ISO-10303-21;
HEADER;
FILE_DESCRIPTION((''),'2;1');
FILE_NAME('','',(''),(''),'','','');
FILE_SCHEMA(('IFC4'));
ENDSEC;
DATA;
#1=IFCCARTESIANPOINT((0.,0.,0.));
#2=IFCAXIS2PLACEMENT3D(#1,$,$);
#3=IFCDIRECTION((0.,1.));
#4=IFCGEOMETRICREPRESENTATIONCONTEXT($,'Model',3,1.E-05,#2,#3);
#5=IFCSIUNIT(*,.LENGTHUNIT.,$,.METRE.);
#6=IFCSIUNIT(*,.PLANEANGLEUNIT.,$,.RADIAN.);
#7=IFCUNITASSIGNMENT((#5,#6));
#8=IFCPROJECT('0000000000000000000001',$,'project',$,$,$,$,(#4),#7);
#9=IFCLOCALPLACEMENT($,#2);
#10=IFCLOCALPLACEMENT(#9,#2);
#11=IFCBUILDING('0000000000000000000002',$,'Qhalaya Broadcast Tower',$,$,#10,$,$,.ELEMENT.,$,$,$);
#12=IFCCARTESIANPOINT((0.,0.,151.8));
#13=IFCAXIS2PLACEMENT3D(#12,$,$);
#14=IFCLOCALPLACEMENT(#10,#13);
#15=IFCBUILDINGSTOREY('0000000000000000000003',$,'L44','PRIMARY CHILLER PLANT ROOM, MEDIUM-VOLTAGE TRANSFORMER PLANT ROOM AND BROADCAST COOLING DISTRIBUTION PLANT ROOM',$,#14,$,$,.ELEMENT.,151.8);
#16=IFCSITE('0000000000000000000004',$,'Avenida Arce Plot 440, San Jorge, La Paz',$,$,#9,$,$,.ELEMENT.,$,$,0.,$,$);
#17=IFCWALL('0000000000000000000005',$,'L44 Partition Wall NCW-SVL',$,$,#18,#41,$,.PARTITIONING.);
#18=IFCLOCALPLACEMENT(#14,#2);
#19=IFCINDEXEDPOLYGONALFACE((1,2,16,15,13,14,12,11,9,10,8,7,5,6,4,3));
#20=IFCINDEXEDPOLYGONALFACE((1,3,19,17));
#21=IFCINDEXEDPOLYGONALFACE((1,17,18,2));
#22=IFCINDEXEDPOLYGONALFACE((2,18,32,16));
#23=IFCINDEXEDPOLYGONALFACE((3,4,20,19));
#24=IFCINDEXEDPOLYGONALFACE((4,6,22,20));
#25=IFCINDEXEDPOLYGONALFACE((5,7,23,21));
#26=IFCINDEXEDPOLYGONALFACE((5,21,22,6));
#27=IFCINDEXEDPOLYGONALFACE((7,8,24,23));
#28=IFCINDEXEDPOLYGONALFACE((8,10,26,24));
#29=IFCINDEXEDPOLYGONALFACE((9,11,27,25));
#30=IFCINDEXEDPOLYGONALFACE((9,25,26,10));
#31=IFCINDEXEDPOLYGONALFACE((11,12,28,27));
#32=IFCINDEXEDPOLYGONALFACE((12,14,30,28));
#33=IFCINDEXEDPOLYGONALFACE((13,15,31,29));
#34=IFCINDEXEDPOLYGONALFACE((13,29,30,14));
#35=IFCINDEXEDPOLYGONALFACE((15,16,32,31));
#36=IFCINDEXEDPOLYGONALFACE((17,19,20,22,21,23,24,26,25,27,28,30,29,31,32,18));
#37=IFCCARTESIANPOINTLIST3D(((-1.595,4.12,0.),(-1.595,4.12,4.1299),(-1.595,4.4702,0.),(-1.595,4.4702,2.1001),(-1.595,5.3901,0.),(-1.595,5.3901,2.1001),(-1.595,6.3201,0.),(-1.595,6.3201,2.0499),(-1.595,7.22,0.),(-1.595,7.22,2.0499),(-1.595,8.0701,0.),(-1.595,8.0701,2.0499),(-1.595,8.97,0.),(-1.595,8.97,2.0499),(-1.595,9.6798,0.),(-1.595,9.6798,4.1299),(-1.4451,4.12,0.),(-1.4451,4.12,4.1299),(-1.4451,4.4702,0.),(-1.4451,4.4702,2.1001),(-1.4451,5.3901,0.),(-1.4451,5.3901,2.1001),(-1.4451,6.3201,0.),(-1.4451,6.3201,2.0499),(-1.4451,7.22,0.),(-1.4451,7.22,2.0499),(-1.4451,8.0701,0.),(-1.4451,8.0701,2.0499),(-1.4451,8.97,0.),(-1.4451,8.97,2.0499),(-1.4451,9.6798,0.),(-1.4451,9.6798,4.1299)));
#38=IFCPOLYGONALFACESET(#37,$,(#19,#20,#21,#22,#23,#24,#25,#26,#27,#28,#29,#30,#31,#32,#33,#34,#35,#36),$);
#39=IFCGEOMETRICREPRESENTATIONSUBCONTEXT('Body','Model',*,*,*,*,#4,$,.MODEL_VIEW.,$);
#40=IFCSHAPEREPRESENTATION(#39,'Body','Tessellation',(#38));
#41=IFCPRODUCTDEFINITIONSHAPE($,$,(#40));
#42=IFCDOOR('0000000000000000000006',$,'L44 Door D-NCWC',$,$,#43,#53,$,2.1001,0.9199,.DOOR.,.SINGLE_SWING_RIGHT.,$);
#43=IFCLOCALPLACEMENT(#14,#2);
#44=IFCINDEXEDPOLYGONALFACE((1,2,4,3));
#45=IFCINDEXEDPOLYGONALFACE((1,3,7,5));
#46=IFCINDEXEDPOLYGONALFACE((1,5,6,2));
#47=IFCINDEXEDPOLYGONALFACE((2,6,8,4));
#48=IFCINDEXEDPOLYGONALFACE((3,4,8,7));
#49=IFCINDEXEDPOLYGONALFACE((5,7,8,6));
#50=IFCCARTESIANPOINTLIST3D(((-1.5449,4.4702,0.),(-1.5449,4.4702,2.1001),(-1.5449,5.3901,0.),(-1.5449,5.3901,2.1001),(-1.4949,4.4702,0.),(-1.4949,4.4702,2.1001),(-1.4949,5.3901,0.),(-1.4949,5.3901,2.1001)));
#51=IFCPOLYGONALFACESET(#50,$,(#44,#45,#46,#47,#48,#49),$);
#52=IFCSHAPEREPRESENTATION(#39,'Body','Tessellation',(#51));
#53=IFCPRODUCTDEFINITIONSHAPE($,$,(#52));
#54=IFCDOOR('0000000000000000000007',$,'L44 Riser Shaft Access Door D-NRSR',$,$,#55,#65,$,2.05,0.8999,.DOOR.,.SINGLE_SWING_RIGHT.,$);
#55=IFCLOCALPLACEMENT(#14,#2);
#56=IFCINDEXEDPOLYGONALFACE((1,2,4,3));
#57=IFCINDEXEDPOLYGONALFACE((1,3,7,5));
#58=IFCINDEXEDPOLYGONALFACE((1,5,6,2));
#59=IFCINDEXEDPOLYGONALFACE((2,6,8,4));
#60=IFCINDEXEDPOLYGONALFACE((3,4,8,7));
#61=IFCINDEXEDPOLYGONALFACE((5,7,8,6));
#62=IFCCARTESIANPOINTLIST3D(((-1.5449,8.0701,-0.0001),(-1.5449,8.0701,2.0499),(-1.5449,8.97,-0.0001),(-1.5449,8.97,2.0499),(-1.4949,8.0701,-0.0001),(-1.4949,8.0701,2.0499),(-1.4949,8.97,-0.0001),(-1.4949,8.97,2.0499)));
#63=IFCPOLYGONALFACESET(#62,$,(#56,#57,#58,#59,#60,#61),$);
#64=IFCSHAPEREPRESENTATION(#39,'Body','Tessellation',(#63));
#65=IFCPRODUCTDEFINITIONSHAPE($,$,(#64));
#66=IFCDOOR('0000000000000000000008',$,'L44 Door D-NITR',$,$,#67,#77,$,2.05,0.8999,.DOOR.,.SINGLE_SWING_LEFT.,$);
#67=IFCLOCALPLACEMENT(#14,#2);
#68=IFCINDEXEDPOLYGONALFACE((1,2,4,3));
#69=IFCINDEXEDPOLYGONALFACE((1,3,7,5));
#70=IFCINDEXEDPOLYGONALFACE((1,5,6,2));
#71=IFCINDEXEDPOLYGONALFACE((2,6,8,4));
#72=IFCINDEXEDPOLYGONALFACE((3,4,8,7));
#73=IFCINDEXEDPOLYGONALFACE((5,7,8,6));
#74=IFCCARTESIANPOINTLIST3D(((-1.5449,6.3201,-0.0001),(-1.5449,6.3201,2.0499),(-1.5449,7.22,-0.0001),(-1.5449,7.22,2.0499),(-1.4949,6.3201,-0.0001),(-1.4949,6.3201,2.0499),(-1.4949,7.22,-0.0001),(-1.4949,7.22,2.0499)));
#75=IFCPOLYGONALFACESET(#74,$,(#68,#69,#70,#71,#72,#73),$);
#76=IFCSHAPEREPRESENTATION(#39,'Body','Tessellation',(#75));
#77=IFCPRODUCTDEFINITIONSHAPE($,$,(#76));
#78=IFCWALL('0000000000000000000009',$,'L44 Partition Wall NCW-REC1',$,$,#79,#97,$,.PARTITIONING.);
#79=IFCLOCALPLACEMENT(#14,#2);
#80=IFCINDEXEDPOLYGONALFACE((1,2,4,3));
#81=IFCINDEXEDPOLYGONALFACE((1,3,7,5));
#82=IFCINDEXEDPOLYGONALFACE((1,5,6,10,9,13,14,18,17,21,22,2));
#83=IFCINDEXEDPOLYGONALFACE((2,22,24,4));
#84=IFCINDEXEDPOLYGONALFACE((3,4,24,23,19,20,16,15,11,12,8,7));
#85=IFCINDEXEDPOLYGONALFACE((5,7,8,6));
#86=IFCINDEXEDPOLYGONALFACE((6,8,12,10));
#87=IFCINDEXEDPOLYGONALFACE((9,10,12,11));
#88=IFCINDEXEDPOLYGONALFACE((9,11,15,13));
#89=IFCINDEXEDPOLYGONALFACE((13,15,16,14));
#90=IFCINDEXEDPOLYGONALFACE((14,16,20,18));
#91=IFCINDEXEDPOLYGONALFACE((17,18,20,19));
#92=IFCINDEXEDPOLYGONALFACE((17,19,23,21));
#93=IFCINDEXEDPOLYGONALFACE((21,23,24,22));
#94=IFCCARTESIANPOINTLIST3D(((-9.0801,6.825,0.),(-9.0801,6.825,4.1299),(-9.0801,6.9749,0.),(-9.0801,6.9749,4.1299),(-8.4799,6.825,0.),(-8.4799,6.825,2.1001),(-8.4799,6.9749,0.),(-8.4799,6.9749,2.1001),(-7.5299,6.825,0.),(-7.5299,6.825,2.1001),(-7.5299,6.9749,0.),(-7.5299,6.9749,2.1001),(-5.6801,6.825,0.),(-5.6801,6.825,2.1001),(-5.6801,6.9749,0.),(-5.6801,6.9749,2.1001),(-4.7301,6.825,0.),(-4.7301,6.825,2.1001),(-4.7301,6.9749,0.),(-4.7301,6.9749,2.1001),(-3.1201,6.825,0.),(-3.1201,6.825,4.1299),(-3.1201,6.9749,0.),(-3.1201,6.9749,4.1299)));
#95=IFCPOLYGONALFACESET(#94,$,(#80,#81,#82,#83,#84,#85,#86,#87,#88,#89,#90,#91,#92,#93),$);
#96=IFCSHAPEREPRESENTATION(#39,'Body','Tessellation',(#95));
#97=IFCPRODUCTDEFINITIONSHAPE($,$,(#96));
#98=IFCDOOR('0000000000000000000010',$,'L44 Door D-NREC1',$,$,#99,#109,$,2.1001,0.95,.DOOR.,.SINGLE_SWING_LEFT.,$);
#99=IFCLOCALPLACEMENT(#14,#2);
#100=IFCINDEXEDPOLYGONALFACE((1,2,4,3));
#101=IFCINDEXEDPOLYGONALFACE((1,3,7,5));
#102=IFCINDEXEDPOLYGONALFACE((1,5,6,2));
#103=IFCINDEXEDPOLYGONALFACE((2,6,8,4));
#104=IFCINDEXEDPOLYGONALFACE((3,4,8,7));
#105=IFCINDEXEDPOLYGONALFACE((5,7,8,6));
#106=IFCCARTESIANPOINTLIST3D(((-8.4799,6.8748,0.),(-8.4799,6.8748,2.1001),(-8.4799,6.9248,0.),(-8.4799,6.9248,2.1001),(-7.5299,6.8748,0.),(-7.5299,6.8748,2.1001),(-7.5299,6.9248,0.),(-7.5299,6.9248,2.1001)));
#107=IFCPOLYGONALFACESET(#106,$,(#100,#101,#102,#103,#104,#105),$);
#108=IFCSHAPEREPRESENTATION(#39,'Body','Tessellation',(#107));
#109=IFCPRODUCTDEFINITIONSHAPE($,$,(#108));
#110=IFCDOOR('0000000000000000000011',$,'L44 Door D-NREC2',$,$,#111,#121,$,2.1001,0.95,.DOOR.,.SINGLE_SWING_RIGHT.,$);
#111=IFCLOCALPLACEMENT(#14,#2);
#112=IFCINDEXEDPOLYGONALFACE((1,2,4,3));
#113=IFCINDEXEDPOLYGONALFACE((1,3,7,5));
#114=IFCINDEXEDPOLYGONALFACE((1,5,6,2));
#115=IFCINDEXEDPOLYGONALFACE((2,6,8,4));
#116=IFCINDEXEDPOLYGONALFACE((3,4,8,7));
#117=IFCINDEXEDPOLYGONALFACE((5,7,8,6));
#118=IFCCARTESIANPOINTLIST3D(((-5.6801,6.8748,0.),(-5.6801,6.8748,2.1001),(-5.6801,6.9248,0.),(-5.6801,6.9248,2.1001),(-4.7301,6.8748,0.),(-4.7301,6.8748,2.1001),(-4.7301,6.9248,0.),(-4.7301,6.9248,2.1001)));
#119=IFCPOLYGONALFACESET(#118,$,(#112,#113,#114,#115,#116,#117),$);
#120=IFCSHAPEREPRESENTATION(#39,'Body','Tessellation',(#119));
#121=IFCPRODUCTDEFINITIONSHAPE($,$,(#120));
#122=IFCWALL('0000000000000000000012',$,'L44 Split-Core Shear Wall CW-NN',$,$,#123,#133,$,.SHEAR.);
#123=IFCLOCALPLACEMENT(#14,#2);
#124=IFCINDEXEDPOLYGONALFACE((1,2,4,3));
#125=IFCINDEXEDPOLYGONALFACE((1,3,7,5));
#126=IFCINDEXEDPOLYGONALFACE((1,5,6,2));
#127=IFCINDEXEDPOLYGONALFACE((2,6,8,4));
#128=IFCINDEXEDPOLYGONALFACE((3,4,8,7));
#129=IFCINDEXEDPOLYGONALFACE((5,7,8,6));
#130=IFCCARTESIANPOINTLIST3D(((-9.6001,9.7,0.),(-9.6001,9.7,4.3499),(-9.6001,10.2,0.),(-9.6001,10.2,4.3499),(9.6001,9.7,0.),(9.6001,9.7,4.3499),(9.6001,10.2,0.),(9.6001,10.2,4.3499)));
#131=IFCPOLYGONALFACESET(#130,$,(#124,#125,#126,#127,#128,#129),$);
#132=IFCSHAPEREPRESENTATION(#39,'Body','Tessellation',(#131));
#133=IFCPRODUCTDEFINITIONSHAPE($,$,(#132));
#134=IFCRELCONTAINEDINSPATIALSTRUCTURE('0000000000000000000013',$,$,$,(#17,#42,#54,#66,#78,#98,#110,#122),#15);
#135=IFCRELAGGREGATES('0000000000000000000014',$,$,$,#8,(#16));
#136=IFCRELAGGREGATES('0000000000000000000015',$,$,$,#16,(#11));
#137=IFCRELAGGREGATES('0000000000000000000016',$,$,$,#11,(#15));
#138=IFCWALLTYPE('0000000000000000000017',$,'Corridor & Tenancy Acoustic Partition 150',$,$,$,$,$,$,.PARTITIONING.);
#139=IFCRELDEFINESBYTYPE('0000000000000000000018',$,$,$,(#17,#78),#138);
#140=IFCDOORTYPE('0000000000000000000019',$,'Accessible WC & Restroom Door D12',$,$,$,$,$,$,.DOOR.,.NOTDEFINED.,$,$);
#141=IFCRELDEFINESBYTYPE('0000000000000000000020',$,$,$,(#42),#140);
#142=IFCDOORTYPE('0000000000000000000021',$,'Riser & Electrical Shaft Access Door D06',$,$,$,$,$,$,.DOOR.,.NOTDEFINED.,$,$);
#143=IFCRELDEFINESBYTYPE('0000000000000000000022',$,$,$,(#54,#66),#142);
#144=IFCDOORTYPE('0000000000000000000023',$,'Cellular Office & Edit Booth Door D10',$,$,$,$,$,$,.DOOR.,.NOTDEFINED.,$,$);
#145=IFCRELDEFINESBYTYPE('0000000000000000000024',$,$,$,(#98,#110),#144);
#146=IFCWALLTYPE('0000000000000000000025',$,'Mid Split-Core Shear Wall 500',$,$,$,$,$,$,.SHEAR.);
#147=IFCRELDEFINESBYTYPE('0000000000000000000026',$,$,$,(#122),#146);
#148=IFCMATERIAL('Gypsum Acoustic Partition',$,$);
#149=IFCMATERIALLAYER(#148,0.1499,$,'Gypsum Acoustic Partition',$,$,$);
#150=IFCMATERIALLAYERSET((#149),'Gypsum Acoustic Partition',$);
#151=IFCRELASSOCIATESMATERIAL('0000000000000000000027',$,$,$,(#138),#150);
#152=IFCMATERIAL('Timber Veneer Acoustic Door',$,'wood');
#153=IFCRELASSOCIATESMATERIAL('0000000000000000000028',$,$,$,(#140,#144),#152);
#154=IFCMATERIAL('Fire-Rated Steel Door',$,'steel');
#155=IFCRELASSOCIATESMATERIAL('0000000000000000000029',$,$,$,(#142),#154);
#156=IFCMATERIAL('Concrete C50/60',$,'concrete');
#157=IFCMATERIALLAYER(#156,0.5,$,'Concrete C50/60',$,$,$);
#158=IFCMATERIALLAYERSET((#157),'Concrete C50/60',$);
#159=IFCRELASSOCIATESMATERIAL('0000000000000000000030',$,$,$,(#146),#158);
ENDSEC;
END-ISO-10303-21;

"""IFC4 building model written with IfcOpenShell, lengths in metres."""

from ifc_helpers import new_model, si_unit, direction, frame, frame_2d, origin, place, context, subcontext, project, spatial, rectangle, extrude, material, layer, layer_set, type_object, element, fill, save


model = new_model("IFC4")

# Units and contexts
model_context = context("Model", 3, precision=1e-05, world=origin(), true_north=direction((0.0, 1.0)))
body_context = subcontext(model_context, "Body", "Model", "MODEL_VIEW")
ifc_project = project(units=[si_unit("LENGTHUNIT", "METRE"), si_unit("PLANEANGLEUNIT", "RADIAN")], contexts=[model_context])

# Site, building, storey
site_placement = place(None, origin())
site = spatial("IfcSite", under=ifc_project, at=site_placement, Name="Avenida Arce Plot 440, San Jorge, La Paz", CompositionType="ELEMENT", RefElevation=0.0)
building_placement = place(site_placement, origin())
building = spatial("IfcBuilding", under=site, at=building_placement, Name="Qhalaya Broadcast Tower", CompositionType="ELEMENT")
storey_placement = place(building_placement, frame((0.0, 0.0, 151.8)))
storey = spatial("IfcBuildingStorey", under=building, at=storey_placement, Name="L44", Description="PRIMARY CHILLER PLANT ROOM, MEDIUM-VOLTAGE TRANSFORMER PLANT ROOM AND BROADCAST COOLING DISTRIBUTION PLANT ROOM", CompositionType="ELEMENT", Elevation=151.8)

# Shared definitions
ifc_material_1 = material(Name="Concrete C50/60", Category="concrete")

# Walls, openings, doors
ifc_material_2 = material(Name="Gypsum Acoustic Partition")
ifc_layer_1 = layer(ifc_material_2, 0.1499, Name="Gypsum Acoustic Partition")
ifc_layer_set_1 = layer_set([ifc_layer_1], Name="Gypsum Acoustic Partition")
wall_type_1 = type_object("IfcWallType", Name="Corridor & Tenancy Acoustic Partition 150", PredefinedType="PARTITIONING", material=ifc_layer_set_1)
wall_1_placement = place(storey_placement, frame((-1.52, 4.1201, 0.0), z_axis=(0.0, 0.0, 1.0), x_axis=(0.0, 1.0, 0.0)))
wall_1 = element("IfcWall", 1, at=wall_1_placement, inside=storey, type_object=wall_type_1, Name="L44 Partition Wall NCW-SVL", PredefinedType="PARTITIONING", context=body_context, shape_type="SweptSolid", body=[
    extrude(rectangle(XDim=5.5598, YDim=0.1499, at=frame_2d((2.7798, 0.0))), origin(), (0.0, 0.0, 1.0), 4.1299),
])
opening_1_placement = place(wall_1_placement, frame((3.95, 0.0, 0.0)))
opening_1 = element("IfcOpeningElement", 2, at=opening_1_placement, cuts=wall_1, PredefinedType="OPENING", context=body_context, shape_type="SweptSolid", body=[
    extrude(rectangle(XDim=0.8999, YDim=2.05, at=frame_2d((0.45, 1.0249))), frame((0.0, 0.0869, 0.0), z_axis=(0.0, -1.0, 0.0), x_axis=(1.0, 0.0, 0.0)), (0.0, 0.0, 1.0), 0.1738),
])
opening_2_placement = place(wall_1_placement, frame((2.2, 0.0, 0.0)))
opening_2 = element("IfcOpeningElement", 3, at=opening_2_placement, cuts=wall_1, PredefinedType="OPENING", context=body_context, shape_type="SweptSolid", body=[
    extrude(rectangle(XDim=0.8999, YDim=2.05, at=frame_2d((0.45, 1.0249))), frame((0.0, 0.0869, 0.0), z_axis=(0.0, -1.0, 0.0), x_axis=(1.0, 0.0, 0.0)), (0.0, 0.0, 1.0), 0.1738),
])
opening_3_placement = place(wall_1_placement, frame((0.3501, 0.0, 0.0)))
opening_3 = element("IfcOpeningElement", 4, at=opening_3_placement, cuts=wall_1, PredefinedType="OPENING", context=body_context, shape_type="SweptSolid", body=[
    extrude(rectangle(XDim=0.9199, YDim=2.1001, at=frame_2d((0.46, 1.05))), frame((0.0, 0.0869, 0.0), z_axis=(0.0, -1.0, 0.0), x_axis=(1.0, 0.0, 0.0)), (0.0, 0.0, 1.0), 0.1738),
])
ifc_material_3 = material(Name="Timber Veneer Acoustic Door", Category="wood")
door_type_1 = type_object("IfcDoorType", Name="Accessible WC & Restroom Door D12", OperationType="NOTDEFINED", PredefinedType="DOOR", material=ifc_material_3)
door_1_placement = place(opening_3_placement, origin())
door_1 = element("IfcDoor", 5, at=door_1_placement, inside=storey, type_object=door_type_1, Name="L44 Door D-NCWC", OperationType="SINGLE_SWING_RIGHT", OverallHeight=2.1001, OverallWidth=0.9199, PredefinedType="DOOR", context=body_context, shape_type="SweptSolid", body=[
    extrude(rectangle(XDim=0.9199, YDim=2.1001, at=frame_2d((0.46, 1.05))), frame((0.0, 0.0249, 0.0), z_axis=(0.0, -1.0, 0.0), x_axis=(1.0, 0.0, 0.0)), (0.0, 0.0, 1.0), 0.05),
])
fill(opening_3, door_1)
ifc_material_4 = material(Name="Fire-Rated Steel Door", Category="steel")
door_type_2 = type_object("IfcDoorType", Name="Riser & Electrical Shaft Access Door D06", OperationType="NOTDEFINED", PredefinedType="DOOR", material=ifc_material_4)
door_2_placement = place(opening_1_placement, origin())
door_2 = element("IfcDoor", 6, at=door_2_placement, inside=storey, type_object=door_type_2, Name="L44 Riser Shaft Access Door D-NRSR", OperationType="SINGLE_SWING_RIGHT", OverallHeight=2.05, OverallWidth=0.8999, PredefinedType="DOOR", context=body_context, shape_type="SweptSolid", body=[
    extrude(rectangle(XDim=0.8999, YDim=2.05, at=frame_2d((0.45, 1.0249))), frame((0.0, 0.0249, 0.0), z_axis=(0.0, -1.0, 0.0), x_axis=(1.0, 0.0, 0.0)), (0.0, 0.0, 1.0), 0.05),
])
fill(opening_1, door_2)
door_3_placement = place(opening_2_placement, origin())
door_3 = element("IfcDoor", 7, at=door_3_placement, inside=storey, type_object=door_type_2, Name="L44 Door D-NITR", OperationType="SINGLE_SWING_LEFT", OverallHeight=2.05, OverallWidth=0.8999, PredefinedType="DOOR", context=body_context, shape_type="SweptSolid", body=[
    extrude(rectangle(XDim=0.8999, YDim=2.05, at=frame_2d((0.45, 1.0249))), frame((0.0, 0.0249, 0.0), z_axis=(0.0, -1.0, 0.0), x_axis=(1.0, 0.0, 0.0)), (0.0, 0.0, 1.0), 0.05),
])
fill(opening_2, door_3)
wall_2_placement = place(storey_placement, frame((-9.0801, 6.8999, 0.0), z_axis=(0.0, 0.0, 1.0), x_axis=(1.0, 0.0, 0.0)))
wall_2 = element("IfcWall", 8, at=wall_2_placement, inside=storey, type_object=wall_type_1, Name="L44 Partition Wall NCW-REC1", PredefinedType="PARTITIONING", context=body_context, shape_type="SweptSolid", body=[
    extrude(rectangle(XDim=5.96, YDim=0.1499, at=frame_2d((2.98, 0.0))), origin(), (0.0, 0.0, 1.0), 4.1299),
])
opening_4_placement = place(wall_2_placement, frame((0.6001, 0.0, 0.0)))
opening_4 = element("IfcOpeningElement", 9, at=opening_4_placement, cuts=wall_2, PredefinedType="OPENING", context=body_context, shape_type="SweptSolid", body=[
    extrude(rectangle(XDim=0.95, YDim=2.1001, at=frame_2d((0.4751, 1.05))), frame((0.0, 0.0869, 0.0), z_axis=(0.0, -1.0, 0.0), x_axis=(1.0, 0.0, 0.0)), (0.0, 0.0, 1.0), 0.1738),
])
opening_5_placement = place(wall_2_placement, frame((3.3999, 0.0, 0.0)))
opening_5 = element("IfcOpeningElement", 10, at=opening_5_placement, cuts=wall_2, PredefinedType="OPENING", context=body_context, shape_type="SweptSolid", body=[
    extrude(rectangle(XDim=0.95, YDim=2.1001, at=frame_2d((0.4751, 1.05))), frame((0.0, 0.0869, 0.0), z_axis=(0.0, -1.0, 0.0), x_axis=(1.0, 0.0, 0.0)), (0.0, 0.0, 1.0), 0.1738),
])
door_type_3 = type_object("IfcDoorType", Name="Cellular Office & Edit Booth Door D10", OperationType="NOTDEFINED", PredefinedType="DOOR", material=ifc_material_3)
door_4_placement = place(opening_4_placement, origin())
door_4 = element("IfcDoor", 11, at=door_4_placement, inside=storey, type_object=door_type_3, Name="L44 Door D-NREC1", OperationType="SINGLE_SWING_LEFT", OverallHeight=2.1001, OverallWidth=0.95, PredefinedType="DOOR", context=body_context, shape_type="SweptSolid", body=[
    extrude(rectangle(XDim=0.95, YDim=2.1001, at=frame_2d((0.4751, 1.05))), frame((0.0, 0.0249, 0.0), z_axis=(0.0, -1.0, 0.0), x_axis=(1.0, 0.0, 0.0)), (0.0, 0.0, 1.0), 0.05),
])
fill(opening_4, door_4)
door_5_placement = place(opening_5_placement, origin())
door_5 = element("IfcDoor", 12, at=door_5_placement, inside=storey, type_object=door_type_3, Name="L44 Door D-NREC2", OperationType="SINGLE_SWING_RIGHT", OverallHeight=2.1001, OverallWidth=0.95, PredefinedType="DOOR", context=body_context, shape_type="SweptSolid", body=[
    extrude(rectangle(XDim=0.95, YDim=2.1001, at=frame_2d((0.4751, 1.05))), frame((0.0, 0.0249, 0.0), z_axis=(0.0, -1.0, 0.0), x_axis=(1.0, 0.0, 0.0)), (0.0, 0.0, 1.0), 0.05),
])
fill(opening_5, door_5)

# Wall
ifc_layer_2 = layer(ifc_material_1, 0.5, Name="Concrete C50/60")
ifc_layer_set_2 = layer_set([ifc_layer_2], Name="Concrete C50/60")
wall_type_2 = type_object("IfcWallType", Name="Mid Split-Core Shear Wall 500", PredefinedType="SHEAR", material=ifc_layer_set_2)
wall_3_placement = place(storey_placement, frame((-9.6001, 9.95, 0.0), z_axis=(0.0, 0.0, 1.0), x_axis=(1.0, 0.0, 0.0)))
element("IfcWall", 13, at=wall_3_placement, inside=storey, type_object=wall_type_2, Name="L44 Split-Core Shear Wall CW-NN", PredefinedType="SHEAR", context=body_context, shape_type="SweptSolid", body=[
    extrude(rectangle(XDim=19.2002, YDim=0.5, at=frame_2d((9.6001, 0.0))), origin(), (0.0, 0.0, 1.0), 4.3499),
])

save(model, "model.ifc")
